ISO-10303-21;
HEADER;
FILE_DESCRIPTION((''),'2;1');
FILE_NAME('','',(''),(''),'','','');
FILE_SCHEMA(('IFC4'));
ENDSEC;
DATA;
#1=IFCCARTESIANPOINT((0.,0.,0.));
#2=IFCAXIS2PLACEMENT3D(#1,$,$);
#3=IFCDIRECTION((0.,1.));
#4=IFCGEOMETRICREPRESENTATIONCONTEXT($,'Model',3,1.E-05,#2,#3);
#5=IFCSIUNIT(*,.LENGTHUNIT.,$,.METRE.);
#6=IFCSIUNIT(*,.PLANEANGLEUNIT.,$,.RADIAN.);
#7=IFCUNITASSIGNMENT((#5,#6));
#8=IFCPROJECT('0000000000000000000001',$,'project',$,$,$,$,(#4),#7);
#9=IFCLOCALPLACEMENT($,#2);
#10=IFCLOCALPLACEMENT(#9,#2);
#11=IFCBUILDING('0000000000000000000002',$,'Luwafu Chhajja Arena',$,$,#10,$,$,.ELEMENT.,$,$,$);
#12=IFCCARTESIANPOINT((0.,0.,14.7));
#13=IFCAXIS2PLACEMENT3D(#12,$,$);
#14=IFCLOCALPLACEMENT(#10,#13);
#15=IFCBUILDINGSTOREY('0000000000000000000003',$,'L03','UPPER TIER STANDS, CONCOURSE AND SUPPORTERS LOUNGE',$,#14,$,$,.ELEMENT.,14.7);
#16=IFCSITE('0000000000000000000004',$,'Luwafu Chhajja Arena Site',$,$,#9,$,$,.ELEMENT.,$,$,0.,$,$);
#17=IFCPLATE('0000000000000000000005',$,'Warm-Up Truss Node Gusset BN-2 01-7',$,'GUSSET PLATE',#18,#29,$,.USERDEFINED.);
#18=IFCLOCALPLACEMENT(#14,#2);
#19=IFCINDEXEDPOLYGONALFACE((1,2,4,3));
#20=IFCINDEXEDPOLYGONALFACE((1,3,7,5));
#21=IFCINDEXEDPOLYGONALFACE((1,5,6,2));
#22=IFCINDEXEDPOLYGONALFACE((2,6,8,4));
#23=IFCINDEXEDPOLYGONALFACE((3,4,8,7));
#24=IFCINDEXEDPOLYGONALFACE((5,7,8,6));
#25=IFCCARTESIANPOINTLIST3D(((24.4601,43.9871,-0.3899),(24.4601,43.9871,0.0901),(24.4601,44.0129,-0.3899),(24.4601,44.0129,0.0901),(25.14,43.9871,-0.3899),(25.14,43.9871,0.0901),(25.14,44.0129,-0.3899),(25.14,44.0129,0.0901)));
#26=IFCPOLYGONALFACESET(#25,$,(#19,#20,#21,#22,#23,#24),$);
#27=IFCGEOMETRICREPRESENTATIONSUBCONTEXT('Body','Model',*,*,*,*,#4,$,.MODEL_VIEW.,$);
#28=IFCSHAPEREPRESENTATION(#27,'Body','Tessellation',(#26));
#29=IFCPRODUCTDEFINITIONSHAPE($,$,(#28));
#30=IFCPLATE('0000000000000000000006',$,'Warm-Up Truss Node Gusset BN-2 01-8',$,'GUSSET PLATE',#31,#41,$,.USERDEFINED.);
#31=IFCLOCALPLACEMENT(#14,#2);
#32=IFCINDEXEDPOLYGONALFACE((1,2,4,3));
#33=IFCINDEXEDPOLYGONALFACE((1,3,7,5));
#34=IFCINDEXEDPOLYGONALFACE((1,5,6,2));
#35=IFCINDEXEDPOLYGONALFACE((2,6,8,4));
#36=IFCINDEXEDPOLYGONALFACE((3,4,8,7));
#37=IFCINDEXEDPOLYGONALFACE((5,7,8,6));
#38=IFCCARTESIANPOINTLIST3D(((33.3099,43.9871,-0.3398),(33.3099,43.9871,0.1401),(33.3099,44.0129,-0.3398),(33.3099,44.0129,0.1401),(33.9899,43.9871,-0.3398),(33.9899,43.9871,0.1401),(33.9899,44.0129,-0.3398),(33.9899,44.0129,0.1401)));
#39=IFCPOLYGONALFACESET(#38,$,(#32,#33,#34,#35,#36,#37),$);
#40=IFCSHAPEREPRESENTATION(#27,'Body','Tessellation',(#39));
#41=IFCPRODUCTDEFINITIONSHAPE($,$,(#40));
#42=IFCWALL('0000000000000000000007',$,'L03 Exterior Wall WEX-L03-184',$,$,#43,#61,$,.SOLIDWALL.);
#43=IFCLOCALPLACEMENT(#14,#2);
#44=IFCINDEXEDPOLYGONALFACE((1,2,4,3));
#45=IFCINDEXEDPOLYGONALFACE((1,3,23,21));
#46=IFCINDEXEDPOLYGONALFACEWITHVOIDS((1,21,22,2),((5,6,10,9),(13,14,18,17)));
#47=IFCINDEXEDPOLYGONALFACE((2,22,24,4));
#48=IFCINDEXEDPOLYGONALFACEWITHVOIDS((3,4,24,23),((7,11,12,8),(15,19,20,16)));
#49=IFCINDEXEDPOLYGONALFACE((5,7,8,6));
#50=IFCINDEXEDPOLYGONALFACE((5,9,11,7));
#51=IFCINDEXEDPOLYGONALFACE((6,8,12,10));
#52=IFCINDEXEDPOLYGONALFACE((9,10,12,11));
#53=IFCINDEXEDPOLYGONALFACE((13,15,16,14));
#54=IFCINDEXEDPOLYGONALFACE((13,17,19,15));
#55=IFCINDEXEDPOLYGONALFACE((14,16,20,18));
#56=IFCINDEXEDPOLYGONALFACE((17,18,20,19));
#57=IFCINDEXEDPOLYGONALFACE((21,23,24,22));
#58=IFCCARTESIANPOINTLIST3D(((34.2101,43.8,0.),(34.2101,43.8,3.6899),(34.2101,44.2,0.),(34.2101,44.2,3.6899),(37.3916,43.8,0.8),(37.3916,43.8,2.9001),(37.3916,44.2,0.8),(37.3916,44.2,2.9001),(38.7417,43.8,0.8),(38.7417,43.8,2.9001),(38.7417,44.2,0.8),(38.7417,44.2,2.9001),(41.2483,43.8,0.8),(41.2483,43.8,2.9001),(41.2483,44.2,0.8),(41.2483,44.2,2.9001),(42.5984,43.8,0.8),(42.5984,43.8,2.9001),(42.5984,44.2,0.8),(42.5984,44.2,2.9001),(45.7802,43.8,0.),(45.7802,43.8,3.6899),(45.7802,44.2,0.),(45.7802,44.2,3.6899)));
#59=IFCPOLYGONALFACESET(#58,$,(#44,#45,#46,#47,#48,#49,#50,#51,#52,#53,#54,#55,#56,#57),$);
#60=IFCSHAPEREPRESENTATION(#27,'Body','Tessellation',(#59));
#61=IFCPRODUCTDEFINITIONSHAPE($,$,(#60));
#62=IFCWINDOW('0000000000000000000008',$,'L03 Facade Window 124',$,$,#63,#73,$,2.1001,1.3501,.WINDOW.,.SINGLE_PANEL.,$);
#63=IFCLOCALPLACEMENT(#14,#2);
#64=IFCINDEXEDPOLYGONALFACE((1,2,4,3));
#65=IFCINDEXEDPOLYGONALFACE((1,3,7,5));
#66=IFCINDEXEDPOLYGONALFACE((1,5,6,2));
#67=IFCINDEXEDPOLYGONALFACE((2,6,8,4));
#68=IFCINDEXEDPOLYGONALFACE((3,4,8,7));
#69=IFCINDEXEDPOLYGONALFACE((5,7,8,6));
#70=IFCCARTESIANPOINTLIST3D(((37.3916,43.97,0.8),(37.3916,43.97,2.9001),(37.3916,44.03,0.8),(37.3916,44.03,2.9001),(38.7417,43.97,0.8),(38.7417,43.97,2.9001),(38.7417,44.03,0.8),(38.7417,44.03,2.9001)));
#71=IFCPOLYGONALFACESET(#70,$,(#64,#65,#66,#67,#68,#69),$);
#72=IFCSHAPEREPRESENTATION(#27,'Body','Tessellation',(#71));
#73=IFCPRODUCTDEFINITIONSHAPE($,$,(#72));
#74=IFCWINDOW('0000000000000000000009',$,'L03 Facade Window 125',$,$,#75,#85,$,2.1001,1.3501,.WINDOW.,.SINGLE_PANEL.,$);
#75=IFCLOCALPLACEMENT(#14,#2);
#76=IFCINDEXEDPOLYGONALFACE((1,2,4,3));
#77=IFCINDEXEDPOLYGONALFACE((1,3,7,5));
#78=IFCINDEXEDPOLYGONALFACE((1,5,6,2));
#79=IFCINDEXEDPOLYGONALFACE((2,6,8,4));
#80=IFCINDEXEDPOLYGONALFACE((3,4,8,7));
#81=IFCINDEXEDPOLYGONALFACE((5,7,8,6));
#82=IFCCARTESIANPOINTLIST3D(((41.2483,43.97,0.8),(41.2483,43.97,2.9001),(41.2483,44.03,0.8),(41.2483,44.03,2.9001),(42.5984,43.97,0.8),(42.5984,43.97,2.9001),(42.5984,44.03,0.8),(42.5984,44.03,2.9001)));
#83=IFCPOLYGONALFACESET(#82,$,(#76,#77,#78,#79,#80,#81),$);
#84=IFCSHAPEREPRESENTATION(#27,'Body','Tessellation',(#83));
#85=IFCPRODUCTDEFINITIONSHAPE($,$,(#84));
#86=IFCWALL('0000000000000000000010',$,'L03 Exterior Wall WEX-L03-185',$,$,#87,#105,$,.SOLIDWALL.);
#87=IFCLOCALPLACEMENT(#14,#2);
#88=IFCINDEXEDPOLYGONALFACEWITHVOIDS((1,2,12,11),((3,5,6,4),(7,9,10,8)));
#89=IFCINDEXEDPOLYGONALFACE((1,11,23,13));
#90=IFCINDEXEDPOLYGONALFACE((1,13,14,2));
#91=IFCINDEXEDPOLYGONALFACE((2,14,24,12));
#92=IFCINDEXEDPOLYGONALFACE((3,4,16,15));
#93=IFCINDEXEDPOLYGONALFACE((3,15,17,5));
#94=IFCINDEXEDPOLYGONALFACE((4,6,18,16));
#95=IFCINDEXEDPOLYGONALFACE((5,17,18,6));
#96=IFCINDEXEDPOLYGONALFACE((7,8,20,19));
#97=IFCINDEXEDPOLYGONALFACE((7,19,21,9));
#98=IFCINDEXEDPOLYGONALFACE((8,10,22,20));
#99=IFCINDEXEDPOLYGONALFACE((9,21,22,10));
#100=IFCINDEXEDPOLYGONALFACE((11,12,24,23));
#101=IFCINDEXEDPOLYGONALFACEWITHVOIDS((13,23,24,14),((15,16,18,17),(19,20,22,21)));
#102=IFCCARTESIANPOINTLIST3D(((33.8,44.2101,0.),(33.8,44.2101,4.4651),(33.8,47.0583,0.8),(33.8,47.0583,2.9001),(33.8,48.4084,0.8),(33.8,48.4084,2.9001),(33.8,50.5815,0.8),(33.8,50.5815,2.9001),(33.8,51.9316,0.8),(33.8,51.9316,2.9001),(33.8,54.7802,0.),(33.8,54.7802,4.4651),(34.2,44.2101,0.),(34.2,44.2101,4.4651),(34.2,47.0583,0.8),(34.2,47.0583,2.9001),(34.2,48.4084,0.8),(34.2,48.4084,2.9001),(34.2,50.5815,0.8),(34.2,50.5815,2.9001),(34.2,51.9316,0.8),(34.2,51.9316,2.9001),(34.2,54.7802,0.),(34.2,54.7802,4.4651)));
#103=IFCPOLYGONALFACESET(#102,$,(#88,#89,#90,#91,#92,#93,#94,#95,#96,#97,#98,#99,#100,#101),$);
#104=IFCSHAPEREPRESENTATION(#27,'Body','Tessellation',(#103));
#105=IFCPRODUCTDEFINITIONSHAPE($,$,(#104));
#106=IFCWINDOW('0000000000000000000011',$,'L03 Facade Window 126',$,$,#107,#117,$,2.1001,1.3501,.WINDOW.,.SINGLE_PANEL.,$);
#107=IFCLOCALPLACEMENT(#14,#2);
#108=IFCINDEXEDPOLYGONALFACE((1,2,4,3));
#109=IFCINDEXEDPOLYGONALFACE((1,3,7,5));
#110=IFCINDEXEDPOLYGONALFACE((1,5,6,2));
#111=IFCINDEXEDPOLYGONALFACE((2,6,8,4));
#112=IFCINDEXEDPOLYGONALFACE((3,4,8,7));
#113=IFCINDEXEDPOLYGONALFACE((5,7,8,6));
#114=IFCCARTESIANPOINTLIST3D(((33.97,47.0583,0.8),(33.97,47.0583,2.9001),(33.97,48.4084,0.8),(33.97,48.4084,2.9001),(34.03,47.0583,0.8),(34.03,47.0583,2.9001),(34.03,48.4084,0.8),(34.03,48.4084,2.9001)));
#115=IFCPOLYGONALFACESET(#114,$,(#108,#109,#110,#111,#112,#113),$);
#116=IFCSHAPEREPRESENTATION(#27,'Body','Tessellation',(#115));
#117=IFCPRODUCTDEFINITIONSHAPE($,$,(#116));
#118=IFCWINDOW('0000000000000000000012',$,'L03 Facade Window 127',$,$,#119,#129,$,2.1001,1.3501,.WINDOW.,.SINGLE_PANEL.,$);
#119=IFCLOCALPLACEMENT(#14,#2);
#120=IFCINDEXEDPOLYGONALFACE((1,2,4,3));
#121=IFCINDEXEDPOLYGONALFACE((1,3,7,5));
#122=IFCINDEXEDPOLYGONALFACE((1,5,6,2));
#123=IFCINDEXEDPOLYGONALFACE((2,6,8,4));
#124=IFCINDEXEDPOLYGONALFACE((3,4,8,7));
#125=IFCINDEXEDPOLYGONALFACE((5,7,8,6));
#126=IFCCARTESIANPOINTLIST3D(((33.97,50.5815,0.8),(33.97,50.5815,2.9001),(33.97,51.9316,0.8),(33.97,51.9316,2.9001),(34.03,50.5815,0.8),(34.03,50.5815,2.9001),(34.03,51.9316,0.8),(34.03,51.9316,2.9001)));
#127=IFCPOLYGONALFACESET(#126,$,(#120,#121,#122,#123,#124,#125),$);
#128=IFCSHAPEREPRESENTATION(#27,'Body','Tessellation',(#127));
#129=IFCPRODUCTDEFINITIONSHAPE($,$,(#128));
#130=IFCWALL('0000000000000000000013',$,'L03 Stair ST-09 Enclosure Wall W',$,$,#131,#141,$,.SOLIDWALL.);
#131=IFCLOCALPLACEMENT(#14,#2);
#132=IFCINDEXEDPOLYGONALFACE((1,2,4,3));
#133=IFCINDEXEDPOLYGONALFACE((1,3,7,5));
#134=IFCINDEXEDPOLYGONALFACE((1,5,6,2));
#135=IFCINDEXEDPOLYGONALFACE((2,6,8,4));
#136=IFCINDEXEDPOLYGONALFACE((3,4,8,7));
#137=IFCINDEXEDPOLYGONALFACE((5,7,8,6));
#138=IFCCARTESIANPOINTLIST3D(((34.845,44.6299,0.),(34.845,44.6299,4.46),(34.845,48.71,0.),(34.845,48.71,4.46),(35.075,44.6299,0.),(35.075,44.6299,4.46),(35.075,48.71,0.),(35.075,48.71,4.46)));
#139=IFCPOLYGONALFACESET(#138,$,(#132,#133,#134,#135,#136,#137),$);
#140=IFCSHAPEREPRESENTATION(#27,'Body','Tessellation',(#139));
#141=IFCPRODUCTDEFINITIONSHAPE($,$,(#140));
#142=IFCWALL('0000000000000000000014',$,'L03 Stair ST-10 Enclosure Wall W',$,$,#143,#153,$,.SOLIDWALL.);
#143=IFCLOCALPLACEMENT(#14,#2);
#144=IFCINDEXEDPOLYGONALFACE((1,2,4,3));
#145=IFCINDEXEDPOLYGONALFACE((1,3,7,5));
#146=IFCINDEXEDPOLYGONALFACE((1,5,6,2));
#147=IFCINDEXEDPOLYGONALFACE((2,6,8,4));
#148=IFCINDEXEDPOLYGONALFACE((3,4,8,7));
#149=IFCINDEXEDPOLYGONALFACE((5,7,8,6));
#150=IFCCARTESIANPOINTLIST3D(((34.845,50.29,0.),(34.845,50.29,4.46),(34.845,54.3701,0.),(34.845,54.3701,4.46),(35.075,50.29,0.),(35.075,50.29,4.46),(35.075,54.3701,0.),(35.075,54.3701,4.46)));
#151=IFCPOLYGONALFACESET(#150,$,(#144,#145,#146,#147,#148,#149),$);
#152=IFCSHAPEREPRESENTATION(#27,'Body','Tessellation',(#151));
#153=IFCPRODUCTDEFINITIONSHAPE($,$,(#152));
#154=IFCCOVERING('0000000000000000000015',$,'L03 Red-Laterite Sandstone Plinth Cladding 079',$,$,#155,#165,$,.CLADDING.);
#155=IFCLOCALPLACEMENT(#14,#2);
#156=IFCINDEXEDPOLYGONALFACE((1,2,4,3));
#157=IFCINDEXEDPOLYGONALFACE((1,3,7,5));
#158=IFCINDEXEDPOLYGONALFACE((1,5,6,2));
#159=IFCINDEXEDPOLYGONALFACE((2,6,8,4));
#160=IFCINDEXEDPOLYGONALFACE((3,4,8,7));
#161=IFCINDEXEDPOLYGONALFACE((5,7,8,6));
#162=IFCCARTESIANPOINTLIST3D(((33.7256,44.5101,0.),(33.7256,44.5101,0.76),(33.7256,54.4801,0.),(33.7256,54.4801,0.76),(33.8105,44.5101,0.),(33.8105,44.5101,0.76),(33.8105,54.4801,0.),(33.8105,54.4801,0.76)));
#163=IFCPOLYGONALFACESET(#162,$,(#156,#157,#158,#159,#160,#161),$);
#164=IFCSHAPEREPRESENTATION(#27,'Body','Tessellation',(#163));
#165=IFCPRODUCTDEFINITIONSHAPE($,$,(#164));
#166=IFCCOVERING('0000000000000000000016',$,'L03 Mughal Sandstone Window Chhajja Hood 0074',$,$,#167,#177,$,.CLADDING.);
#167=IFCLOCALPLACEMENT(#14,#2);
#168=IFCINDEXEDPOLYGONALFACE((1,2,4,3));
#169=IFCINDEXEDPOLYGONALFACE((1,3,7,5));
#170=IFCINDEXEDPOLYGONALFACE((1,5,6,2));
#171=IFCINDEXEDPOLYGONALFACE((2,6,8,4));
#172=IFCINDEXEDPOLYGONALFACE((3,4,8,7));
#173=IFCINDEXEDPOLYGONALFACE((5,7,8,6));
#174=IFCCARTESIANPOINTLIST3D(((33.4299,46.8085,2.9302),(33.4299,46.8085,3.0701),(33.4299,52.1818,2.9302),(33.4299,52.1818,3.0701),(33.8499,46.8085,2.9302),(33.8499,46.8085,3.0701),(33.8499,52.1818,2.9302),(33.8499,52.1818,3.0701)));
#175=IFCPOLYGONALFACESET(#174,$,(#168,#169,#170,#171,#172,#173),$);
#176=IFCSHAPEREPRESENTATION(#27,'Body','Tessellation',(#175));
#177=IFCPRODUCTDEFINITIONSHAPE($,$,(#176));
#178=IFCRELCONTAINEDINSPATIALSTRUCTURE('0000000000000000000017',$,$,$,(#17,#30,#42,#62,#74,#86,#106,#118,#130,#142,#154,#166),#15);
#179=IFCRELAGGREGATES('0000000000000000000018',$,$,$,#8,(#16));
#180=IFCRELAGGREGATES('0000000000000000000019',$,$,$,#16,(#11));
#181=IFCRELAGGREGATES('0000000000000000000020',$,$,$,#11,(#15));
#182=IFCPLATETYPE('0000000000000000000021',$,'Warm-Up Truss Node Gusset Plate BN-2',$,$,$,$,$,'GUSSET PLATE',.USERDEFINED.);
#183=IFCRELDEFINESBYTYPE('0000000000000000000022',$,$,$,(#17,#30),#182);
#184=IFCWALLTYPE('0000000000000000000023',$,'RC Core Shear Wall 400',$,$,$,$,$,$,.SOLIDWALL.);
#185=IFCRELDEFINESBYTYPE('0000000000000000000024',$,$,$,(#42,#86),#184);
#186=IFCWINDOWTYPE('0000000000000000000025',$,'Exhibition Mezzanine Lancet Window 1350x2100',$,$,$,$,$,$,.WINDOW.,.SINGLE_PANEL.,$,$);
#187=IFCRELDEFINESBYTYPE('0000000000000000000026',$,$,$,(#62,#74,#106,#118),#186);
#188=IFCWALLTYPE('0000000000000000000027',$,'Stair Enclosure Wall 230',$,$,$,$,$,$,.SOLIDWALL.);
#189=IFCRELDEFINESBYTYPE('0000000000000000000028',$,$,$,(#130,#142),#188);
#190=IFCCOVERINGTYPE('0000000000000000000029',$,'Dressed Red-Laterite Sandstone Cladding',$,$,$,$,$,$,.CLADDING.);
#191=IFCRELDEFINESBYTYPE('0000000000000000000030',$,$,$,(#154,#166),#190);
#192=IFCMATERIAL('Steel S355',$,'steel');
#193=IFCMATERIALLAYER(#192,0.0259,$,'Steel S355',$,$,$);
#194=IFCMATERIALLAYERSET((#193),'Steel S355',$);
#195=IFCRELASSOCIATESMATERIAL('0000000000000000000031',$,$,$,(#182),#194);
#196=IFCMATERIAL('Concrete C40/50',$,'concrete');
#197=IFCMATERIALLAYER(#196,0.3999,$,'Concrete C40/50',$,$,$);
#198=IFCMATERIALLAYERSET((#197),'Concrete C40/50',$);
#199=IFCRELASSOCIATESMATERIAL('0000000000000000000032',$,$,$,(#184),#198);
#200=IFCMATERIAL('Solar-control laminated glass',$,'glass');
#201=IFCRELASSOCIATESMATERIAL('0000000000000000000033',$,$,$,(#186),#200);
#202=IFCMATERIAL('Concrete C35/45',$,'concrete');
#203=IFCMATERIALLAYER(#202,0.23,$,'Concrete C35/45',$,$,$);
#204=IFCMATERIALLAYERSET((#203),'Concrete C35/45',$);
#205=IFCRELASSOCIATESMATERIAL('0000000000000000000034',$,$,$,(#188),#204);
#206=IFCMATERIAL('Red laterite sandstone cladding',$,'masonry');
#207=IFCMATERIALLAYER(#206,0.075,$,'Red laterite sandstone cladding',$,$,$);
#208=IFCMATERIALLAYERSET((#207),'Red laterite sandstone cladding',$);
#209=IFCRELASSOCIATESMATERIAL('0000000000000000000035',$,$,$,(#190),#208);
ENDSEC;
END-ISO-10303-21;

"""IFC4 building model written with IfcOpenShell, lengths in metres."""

from ifc_helpers import new_model, si_unit, direction, frame, frame_2d, origin, origin_2d, place, context, subcontext, project, spatial, rectangle, extrude, material, layer, layer_set, type_object, element, fill, save


model = new_model("IFC4")

# Units and contexts
model_context = context("Model", 3, precision=1e-05, world=origin(), true_north=direction((0.0, 1.0)))
body_context = subcontext(model_context, "Body", "Model", "MODEL_VIEW")
ifc_project = project(units=[si_unit("LENGTHUNIT", "METRE"), si_unit("PLANEANGLEUNIT", "RADIAN")], contexts=[model_context])

# Site, building, storey
site_placement = place(None, origin())
site = spatial("IfcSite", under=ifc_project, at=site_placement, Name="Luwafu Chhajja Arena Site", CompositionType="ELEMENT", RefElevation=0.0)
building_placement = place(site_placement, origin())
building = spatial("IfcBuilding", under=site, at=building_placement, Name="Luwafu Chhajja Arena", CompositionType="ELEMENT")
storey_placement = place(building_placement, frame((0.0, 0.0, 14.7)))
storey = spatial("IfcBuildingStorey", under=building, at=storey_placement, Name="L03", Description="UPPER TIER STANDS, CONCOURSE AND SUPPORTERS LOUNGE", CompositionType="ELEMENT", Elevation=14.7)

# Shared definitions
ifc_material_1 = material(Name="Concrete C35/45", Category="concrete")
ifc_material_2 = material(Name="Steel S355", Category="steel")

# Plates
ifc_layer_1 = layer(ifc_material_2, 0.0259, Name="Steel S355")
ifc_layer_set_1 = layer_set([ifc_layer_1], Name="Steel S355")
plate_type_1 = type_object("IfcPlateType", Name="Warm-Up Truss Node Gusset Plate BN-2", ElementType="GUSSET PLATE", PredefinedType="USERDEFINED", material=ifc_layer_set_1)
for number, where, z_axis, x_axis, name in (
    (1, (24.8, 44.0, -0.3899), (0.0, 0.0, 1.0), (1.0, 0.0, 0.0), "Warm-Up Truss Node Gusset BN-2 01-7"),
    (2, (33.6499, 44.0, -0.3398), (0.0, 0.0, 1.0), (1.0, 0.0, 0.0), "Warm-Up Truss Node Gusset BN-2 01-8"),
):
    element("IfcPlate", number, at=place(storey_placement, frame(where, z_axis=z_axis, x_axis=x_axis)), inside=storey, type_object=plate_type_1, Name=name, ObjectType="GUSSET PLATE", PredefinedType="USERDEFINED", context=body_context, shape_type="SweptSolid", body=[
        extrude(rectangle(XDim=0.6799, YDim=0.0259, at=origin_2d()), origin(), (0.0, 0.0, 1.0), 0.48),
    ])

# Walls, openings, windows
ifc_material_3 = material(Name="Concrete C40/50", Category="concrete")
ifc_layer_2 = layer(ifc_material_3, 0.3999, Name="Concrete C40/50")
ifc_layer_set_2 = layer_set([ifc_layer_2], Name="Concrete C40/50")
wall_type_1 = type_object("IfcWallType", Name="RC Core Shear Wall 400", PredefinedType="SOLIDWALL", material=ifc_layer_set_2)
wall_1_placement = place(storey_placement, frame((34.21, 44.0, 0.0), z_axis=(0.0, 0.0, 1.0), x_axis=(1.0, 0.0, 0.0)))
wall_1 = element("IfcWall", 3, at=wall_1_placement, inside=storey, type_object=wall_type_1, Name="L03 Exterior Wall WEX-L03-184", PredefinedType="SOLIDWALL", context=body_context, shape_type="SweptSolid", body=[
    extrude(rectangle(XDim=11.5701, YDim=0.3999, at=frame_2d((5.7852, 0.0))), origin(), (0.0, 0.0, 1.0), 3.6899),
])
opening_1_placement = place(wall_1_placement, frame((3.1816, 0.0, 0.8)))
opening_1 = element("IfcOpeningElement", 4, at=opening_1_placement, cuts=wall_1, PredefinedType="OPENING", context=body_context, shape_type="SweptSolid", body=[
    extrude(rectangle(XDim=1.3501, YDim=2.1001, at=frame_2d((0.675, 1.05))), frame((0.0, 0.21, 0.0), z_axis=(0.0, -1.0, 0.0), x_axis=(1.0, 0.0, 0.0)), (0.0, 0.0, 1.0), 0.4199),
])
opening_2_placement = place(wall_1_placement, frame((7.0383, 0.0, 0.8)))
opening_2 = element("IfcOpeningElement", 5, at=opening_2_placement, cuts=wall_1, PredefinedType="OPENING", context=body_context, shape_type="SweptSolid", body=[
    extrude(rectangle(XDim=1.3501, YDim=2.1001, at=frame_2d((0.675, 1.05))), frame((0.0, 0.21, 0.0), z_axis=(0.0, -1.0, 0.0), x_axis=(1.0, 0.0, 0.0)), (0.0, 0.0, 1.0), 0.4199),
])
ifc_material_4 = material(Name="Solar-control laminated glass", Category="glass")
window_type = type_object("IfcWindowType", Name="Exhibition Mezzanine Lancet Window 1350x2100", PartitioningType="SINGLE_PANEL", PredefinedType="WINDOW", material=ifc_material_4)
window_1_placement = place(opening_1_placement, origin())
window_1 = element("IfcWindow", 6, at=window_1_placement, inside=storey, type_object=window_type, Name="L03 Facade Window 124", OverallHeight=2.1001, OverallWidth=1.3501, PartitioningType="SINGLE_PANEL", PredefinedType="WINDOW", context=body_context, shape_type="SweptSolid", body=[
    extrude(rectangle(XDim=1.3501, YDim=2.1001, at=frame_2d((0.675, 1.05))), frame((0.0, 0.03, 0.0), z_axis=(0.0, -1.0, 0.0), x_axis=(1.0, 0.0, 0.0)), (0.0, 0.0, 1.0), 0.0601),
])
fill(opening_1, window_1)
window_2_placement = place(opening_2_placement, origin())
window_2 = element("IfcWindow", 7, at=window_2_placement, inside=storey, type_object=window_type, Name="L03 Facade Window 125", OverallHeight=2.1001, OverallWidth=1.3501, PartitioningType="SINGLE_PANEL", PredefinedType="WINDOW", context=body_context, shape_type="SweptSolid", body=[
    extrude(rectangle(XDim=1.3501, YDim=2.1001, at=frame_2d((0.675, 1.05))), frame((0.0, 0.03, 0.0), z_axis=(0.0, -1.0, 0.0), x_axis=(1.0, 0.0, 0.0)), (0.0, 0.0, 1.0), 0.0601),
])
fill(opening_2, window_2)
wall_2_placement = place(storey_placement, frame((34.0, 44.21, 0.0), z_axis=(0.0, 0.0, 1.0), x_axis=(0.0, 1.0, 0.0)))
wall_2 = element("IfcWall", 8, at=wall_2_placement, inside=storey, type_object=wall_type_1, Name="L03 Exterior Wall WEX-L03-185", PredefinedType="SOLIDWALL", context=body_context, shape_type="SweptSolid", body=[
    extrude(rectangle(XDim=10.5701, YDim=0.3999, at=frame_2d((5.2852, 0.0))), origin(), (0.0, 0.0, 1.0), 4.4651),
])
opening_3_placement = place(wall_2_placement, frame((2.8484, 0.0, 0.8)))
opening_3 = element("IfcOpeningElement", 9, at=opening_3_placement, cuts=wall_2, PredefinedType="OPENING", context=body_context, shape_type="SweptSolid", body=[
    extrude(rectangle(XDim=1.3501, YDim=2.1001, at=frame_2d((0.675, 1.05))), frame((0.0, 0.21, 0.0), z_axis=(0.0, -1.0, 0.0), x_axis=(1.0, 0.0, 0.0)), (0.0, 0.0, 1.0), 0.4199),
])
opening_4_placement = place(wall_2_placement, frame((6.3716, 0.0, 0.8)))
opening_4 = element("IfcOpeningElement", 10, at=opening_4_placement, cuts=wall_2, PredefinedType="OPENING", context=body_context, shape_type="SweptSolid", body=[
    extrude(rectangle(XDim=1.3501, YDim=2.1001, at=frame_2d((0.675, 1.05))), frame((0.0, 0.21, 0.0), z_axis=(0.0, -1.0, 0.0), x_axis=(1.0, 0.0, 0.0)), (0.0, 0.0, 1.0), 0.4199),
])
window_3_placement = place(opening_3_placement, origin())
window_3 = element("IfcWindow", 11, at=window_3_placement, inside=storey, type_object=window_type, Name="L03 Facade Window 126", OverallHeight=2.1001, OverallWidth=1.3501, PartitioningType="SINGLE_PANEL", PredefinedType="WINDOW", context=body_context, shape_type="SweptSolid", body=[
    extrude(rectangle(XDim=1.3501, YDim=2.1001, at=frame_2d((0.675, 1.05))), frame((0.0, 0.03, 0.0), z_axis=(0.0, -1.0, 0.0), x_axis=(1.0, 0.0, 0.0)), (0.0, 0.0, 1.0), 0.0601),
])
fill(opening_3, window_3)
window_4_placement = place(opening_4_placement, origin())
window_4 = element("IfcWindow", 12, at=window_4_placement, inside=storey, type_object=window_type, Name="L03 Facade Window 127", OverallHeight=2.1001, OverallWidth=1.3501, PartitioningType="SINGLE_PANEL", PredefinedType="WINDOW", context=body_context, shape_type="SweptSolid", body=[
    extrude(rectangle(XDim=1.3501, YDim=2.1001, at=frame_2d((0.675, 1.05))), frame((0.0, 0.03, 0.0), z_axis=(0.0, -1.0, 0.0), x_axis=(1.0, 0.0, 0.0)), (0.0, 0.0, 1.0), 0.0601),
])
fill(opening_4, window_4)

# Walls
ifc_layer_3 = layer(ifc_material_1, 0.23, Name="Concrete C35/45")
ifc_layer_set_3 = layer_set([ifc_layer_3], Name="Concrete C35/45")
wall_type_2 = type_object("IfcWallType", Name="Stair Enclosure Wall 230", PredefinedType="SOLIDWALL", material=ifc_layer_set_3)
for number, where, z_axis, x_axis, name in (
    (13, (34.96, 44.6299, 0.0), (0.0, 0.0, 1.0), (0.0, 1.0, 0.0), "L03 Stair ST-09 Enclosure Wall W"),
    (14, (34.96, 50.29, 0.0), (0.0, 0.0, 1.0), (0.0, 1.0, 0.0), "L03 Stair ST-10 Enclosure Wall W"),
):
    element("IfcWall", number, at=place(storey_placement, frame(where, z_axis=z_axis, x_axis=x_axis)), inside=storey, type_object=wall_type_2, Name=name, PredefinedType="SOLIDWALL", context=body_context, shape_type="SweptSolid", body=[
        extrude(rectangle(XDim=4.0801, YDim=0.23, at=frame_2d((2.04, 0.0))), origin(), (0.0, 0.0, 1.0), 4.46),
    ])

# Coverings
ifc_material_5 = material(Name="Red laterite sandstone cladding", Category="masonry")
ifc_layer_4 = layer(ifc_material_5, 0.075, Name="Red laterite sandstone cladding")
ifc_layer_set_4 = layer_set([ifc_layer_4], Name="Red laterite sandstone cladding")
covering_type = type_object("IfcCoveringType", Name="Dressed Red-Laterite Sandstone Cladding", PredefinedType="CLADDING", material=ifc_layer_set_4)
covering_1_placement = place(storey_placement, frame((33.7681, 49.4951, 0.0), z_axis=(0.0, 0.0, 1.0), x_axis=(0.0, 1.0, 0.0)))
element("IfcCovering", 15, at=covering_1_placement, inside=storey, type_object=covering_type, Name="L03 Red-Laterite Sandstone Plinth Cladding 079", PredefinedType="CLADDING", context=body_context, shape_type="SweptSolid", body=[
    extrude(rectangle(XDim=9.97, YDim=0.085, at=origin_2d()), origin(), (0.0, 0.0, 1.0), 0.76),
])
covering_2_placement = place(storey_placement, frame((33.6399, 49.4951, 2.9302), z_axis=(0.0, 0.0, 1.0), x_axis=(0.0, 1.0, 0.0)))
element("IfcCovering", 16, at=covering_2_placement, inside=storey, type_object=covering_type, Name="L03 Mughal Sandstone Window Chhajja Hood 0074", PredefinedType="CLADDING", context=body_context, shape_type="SweptSolid", body=[
    extrude(rectangle(XDim=5.3733, YDim=0.4199, at=origin_2d()), origin(), (0.0, 0.0, 1.0), 0.1399),
])

save(model, "model.ifc")
